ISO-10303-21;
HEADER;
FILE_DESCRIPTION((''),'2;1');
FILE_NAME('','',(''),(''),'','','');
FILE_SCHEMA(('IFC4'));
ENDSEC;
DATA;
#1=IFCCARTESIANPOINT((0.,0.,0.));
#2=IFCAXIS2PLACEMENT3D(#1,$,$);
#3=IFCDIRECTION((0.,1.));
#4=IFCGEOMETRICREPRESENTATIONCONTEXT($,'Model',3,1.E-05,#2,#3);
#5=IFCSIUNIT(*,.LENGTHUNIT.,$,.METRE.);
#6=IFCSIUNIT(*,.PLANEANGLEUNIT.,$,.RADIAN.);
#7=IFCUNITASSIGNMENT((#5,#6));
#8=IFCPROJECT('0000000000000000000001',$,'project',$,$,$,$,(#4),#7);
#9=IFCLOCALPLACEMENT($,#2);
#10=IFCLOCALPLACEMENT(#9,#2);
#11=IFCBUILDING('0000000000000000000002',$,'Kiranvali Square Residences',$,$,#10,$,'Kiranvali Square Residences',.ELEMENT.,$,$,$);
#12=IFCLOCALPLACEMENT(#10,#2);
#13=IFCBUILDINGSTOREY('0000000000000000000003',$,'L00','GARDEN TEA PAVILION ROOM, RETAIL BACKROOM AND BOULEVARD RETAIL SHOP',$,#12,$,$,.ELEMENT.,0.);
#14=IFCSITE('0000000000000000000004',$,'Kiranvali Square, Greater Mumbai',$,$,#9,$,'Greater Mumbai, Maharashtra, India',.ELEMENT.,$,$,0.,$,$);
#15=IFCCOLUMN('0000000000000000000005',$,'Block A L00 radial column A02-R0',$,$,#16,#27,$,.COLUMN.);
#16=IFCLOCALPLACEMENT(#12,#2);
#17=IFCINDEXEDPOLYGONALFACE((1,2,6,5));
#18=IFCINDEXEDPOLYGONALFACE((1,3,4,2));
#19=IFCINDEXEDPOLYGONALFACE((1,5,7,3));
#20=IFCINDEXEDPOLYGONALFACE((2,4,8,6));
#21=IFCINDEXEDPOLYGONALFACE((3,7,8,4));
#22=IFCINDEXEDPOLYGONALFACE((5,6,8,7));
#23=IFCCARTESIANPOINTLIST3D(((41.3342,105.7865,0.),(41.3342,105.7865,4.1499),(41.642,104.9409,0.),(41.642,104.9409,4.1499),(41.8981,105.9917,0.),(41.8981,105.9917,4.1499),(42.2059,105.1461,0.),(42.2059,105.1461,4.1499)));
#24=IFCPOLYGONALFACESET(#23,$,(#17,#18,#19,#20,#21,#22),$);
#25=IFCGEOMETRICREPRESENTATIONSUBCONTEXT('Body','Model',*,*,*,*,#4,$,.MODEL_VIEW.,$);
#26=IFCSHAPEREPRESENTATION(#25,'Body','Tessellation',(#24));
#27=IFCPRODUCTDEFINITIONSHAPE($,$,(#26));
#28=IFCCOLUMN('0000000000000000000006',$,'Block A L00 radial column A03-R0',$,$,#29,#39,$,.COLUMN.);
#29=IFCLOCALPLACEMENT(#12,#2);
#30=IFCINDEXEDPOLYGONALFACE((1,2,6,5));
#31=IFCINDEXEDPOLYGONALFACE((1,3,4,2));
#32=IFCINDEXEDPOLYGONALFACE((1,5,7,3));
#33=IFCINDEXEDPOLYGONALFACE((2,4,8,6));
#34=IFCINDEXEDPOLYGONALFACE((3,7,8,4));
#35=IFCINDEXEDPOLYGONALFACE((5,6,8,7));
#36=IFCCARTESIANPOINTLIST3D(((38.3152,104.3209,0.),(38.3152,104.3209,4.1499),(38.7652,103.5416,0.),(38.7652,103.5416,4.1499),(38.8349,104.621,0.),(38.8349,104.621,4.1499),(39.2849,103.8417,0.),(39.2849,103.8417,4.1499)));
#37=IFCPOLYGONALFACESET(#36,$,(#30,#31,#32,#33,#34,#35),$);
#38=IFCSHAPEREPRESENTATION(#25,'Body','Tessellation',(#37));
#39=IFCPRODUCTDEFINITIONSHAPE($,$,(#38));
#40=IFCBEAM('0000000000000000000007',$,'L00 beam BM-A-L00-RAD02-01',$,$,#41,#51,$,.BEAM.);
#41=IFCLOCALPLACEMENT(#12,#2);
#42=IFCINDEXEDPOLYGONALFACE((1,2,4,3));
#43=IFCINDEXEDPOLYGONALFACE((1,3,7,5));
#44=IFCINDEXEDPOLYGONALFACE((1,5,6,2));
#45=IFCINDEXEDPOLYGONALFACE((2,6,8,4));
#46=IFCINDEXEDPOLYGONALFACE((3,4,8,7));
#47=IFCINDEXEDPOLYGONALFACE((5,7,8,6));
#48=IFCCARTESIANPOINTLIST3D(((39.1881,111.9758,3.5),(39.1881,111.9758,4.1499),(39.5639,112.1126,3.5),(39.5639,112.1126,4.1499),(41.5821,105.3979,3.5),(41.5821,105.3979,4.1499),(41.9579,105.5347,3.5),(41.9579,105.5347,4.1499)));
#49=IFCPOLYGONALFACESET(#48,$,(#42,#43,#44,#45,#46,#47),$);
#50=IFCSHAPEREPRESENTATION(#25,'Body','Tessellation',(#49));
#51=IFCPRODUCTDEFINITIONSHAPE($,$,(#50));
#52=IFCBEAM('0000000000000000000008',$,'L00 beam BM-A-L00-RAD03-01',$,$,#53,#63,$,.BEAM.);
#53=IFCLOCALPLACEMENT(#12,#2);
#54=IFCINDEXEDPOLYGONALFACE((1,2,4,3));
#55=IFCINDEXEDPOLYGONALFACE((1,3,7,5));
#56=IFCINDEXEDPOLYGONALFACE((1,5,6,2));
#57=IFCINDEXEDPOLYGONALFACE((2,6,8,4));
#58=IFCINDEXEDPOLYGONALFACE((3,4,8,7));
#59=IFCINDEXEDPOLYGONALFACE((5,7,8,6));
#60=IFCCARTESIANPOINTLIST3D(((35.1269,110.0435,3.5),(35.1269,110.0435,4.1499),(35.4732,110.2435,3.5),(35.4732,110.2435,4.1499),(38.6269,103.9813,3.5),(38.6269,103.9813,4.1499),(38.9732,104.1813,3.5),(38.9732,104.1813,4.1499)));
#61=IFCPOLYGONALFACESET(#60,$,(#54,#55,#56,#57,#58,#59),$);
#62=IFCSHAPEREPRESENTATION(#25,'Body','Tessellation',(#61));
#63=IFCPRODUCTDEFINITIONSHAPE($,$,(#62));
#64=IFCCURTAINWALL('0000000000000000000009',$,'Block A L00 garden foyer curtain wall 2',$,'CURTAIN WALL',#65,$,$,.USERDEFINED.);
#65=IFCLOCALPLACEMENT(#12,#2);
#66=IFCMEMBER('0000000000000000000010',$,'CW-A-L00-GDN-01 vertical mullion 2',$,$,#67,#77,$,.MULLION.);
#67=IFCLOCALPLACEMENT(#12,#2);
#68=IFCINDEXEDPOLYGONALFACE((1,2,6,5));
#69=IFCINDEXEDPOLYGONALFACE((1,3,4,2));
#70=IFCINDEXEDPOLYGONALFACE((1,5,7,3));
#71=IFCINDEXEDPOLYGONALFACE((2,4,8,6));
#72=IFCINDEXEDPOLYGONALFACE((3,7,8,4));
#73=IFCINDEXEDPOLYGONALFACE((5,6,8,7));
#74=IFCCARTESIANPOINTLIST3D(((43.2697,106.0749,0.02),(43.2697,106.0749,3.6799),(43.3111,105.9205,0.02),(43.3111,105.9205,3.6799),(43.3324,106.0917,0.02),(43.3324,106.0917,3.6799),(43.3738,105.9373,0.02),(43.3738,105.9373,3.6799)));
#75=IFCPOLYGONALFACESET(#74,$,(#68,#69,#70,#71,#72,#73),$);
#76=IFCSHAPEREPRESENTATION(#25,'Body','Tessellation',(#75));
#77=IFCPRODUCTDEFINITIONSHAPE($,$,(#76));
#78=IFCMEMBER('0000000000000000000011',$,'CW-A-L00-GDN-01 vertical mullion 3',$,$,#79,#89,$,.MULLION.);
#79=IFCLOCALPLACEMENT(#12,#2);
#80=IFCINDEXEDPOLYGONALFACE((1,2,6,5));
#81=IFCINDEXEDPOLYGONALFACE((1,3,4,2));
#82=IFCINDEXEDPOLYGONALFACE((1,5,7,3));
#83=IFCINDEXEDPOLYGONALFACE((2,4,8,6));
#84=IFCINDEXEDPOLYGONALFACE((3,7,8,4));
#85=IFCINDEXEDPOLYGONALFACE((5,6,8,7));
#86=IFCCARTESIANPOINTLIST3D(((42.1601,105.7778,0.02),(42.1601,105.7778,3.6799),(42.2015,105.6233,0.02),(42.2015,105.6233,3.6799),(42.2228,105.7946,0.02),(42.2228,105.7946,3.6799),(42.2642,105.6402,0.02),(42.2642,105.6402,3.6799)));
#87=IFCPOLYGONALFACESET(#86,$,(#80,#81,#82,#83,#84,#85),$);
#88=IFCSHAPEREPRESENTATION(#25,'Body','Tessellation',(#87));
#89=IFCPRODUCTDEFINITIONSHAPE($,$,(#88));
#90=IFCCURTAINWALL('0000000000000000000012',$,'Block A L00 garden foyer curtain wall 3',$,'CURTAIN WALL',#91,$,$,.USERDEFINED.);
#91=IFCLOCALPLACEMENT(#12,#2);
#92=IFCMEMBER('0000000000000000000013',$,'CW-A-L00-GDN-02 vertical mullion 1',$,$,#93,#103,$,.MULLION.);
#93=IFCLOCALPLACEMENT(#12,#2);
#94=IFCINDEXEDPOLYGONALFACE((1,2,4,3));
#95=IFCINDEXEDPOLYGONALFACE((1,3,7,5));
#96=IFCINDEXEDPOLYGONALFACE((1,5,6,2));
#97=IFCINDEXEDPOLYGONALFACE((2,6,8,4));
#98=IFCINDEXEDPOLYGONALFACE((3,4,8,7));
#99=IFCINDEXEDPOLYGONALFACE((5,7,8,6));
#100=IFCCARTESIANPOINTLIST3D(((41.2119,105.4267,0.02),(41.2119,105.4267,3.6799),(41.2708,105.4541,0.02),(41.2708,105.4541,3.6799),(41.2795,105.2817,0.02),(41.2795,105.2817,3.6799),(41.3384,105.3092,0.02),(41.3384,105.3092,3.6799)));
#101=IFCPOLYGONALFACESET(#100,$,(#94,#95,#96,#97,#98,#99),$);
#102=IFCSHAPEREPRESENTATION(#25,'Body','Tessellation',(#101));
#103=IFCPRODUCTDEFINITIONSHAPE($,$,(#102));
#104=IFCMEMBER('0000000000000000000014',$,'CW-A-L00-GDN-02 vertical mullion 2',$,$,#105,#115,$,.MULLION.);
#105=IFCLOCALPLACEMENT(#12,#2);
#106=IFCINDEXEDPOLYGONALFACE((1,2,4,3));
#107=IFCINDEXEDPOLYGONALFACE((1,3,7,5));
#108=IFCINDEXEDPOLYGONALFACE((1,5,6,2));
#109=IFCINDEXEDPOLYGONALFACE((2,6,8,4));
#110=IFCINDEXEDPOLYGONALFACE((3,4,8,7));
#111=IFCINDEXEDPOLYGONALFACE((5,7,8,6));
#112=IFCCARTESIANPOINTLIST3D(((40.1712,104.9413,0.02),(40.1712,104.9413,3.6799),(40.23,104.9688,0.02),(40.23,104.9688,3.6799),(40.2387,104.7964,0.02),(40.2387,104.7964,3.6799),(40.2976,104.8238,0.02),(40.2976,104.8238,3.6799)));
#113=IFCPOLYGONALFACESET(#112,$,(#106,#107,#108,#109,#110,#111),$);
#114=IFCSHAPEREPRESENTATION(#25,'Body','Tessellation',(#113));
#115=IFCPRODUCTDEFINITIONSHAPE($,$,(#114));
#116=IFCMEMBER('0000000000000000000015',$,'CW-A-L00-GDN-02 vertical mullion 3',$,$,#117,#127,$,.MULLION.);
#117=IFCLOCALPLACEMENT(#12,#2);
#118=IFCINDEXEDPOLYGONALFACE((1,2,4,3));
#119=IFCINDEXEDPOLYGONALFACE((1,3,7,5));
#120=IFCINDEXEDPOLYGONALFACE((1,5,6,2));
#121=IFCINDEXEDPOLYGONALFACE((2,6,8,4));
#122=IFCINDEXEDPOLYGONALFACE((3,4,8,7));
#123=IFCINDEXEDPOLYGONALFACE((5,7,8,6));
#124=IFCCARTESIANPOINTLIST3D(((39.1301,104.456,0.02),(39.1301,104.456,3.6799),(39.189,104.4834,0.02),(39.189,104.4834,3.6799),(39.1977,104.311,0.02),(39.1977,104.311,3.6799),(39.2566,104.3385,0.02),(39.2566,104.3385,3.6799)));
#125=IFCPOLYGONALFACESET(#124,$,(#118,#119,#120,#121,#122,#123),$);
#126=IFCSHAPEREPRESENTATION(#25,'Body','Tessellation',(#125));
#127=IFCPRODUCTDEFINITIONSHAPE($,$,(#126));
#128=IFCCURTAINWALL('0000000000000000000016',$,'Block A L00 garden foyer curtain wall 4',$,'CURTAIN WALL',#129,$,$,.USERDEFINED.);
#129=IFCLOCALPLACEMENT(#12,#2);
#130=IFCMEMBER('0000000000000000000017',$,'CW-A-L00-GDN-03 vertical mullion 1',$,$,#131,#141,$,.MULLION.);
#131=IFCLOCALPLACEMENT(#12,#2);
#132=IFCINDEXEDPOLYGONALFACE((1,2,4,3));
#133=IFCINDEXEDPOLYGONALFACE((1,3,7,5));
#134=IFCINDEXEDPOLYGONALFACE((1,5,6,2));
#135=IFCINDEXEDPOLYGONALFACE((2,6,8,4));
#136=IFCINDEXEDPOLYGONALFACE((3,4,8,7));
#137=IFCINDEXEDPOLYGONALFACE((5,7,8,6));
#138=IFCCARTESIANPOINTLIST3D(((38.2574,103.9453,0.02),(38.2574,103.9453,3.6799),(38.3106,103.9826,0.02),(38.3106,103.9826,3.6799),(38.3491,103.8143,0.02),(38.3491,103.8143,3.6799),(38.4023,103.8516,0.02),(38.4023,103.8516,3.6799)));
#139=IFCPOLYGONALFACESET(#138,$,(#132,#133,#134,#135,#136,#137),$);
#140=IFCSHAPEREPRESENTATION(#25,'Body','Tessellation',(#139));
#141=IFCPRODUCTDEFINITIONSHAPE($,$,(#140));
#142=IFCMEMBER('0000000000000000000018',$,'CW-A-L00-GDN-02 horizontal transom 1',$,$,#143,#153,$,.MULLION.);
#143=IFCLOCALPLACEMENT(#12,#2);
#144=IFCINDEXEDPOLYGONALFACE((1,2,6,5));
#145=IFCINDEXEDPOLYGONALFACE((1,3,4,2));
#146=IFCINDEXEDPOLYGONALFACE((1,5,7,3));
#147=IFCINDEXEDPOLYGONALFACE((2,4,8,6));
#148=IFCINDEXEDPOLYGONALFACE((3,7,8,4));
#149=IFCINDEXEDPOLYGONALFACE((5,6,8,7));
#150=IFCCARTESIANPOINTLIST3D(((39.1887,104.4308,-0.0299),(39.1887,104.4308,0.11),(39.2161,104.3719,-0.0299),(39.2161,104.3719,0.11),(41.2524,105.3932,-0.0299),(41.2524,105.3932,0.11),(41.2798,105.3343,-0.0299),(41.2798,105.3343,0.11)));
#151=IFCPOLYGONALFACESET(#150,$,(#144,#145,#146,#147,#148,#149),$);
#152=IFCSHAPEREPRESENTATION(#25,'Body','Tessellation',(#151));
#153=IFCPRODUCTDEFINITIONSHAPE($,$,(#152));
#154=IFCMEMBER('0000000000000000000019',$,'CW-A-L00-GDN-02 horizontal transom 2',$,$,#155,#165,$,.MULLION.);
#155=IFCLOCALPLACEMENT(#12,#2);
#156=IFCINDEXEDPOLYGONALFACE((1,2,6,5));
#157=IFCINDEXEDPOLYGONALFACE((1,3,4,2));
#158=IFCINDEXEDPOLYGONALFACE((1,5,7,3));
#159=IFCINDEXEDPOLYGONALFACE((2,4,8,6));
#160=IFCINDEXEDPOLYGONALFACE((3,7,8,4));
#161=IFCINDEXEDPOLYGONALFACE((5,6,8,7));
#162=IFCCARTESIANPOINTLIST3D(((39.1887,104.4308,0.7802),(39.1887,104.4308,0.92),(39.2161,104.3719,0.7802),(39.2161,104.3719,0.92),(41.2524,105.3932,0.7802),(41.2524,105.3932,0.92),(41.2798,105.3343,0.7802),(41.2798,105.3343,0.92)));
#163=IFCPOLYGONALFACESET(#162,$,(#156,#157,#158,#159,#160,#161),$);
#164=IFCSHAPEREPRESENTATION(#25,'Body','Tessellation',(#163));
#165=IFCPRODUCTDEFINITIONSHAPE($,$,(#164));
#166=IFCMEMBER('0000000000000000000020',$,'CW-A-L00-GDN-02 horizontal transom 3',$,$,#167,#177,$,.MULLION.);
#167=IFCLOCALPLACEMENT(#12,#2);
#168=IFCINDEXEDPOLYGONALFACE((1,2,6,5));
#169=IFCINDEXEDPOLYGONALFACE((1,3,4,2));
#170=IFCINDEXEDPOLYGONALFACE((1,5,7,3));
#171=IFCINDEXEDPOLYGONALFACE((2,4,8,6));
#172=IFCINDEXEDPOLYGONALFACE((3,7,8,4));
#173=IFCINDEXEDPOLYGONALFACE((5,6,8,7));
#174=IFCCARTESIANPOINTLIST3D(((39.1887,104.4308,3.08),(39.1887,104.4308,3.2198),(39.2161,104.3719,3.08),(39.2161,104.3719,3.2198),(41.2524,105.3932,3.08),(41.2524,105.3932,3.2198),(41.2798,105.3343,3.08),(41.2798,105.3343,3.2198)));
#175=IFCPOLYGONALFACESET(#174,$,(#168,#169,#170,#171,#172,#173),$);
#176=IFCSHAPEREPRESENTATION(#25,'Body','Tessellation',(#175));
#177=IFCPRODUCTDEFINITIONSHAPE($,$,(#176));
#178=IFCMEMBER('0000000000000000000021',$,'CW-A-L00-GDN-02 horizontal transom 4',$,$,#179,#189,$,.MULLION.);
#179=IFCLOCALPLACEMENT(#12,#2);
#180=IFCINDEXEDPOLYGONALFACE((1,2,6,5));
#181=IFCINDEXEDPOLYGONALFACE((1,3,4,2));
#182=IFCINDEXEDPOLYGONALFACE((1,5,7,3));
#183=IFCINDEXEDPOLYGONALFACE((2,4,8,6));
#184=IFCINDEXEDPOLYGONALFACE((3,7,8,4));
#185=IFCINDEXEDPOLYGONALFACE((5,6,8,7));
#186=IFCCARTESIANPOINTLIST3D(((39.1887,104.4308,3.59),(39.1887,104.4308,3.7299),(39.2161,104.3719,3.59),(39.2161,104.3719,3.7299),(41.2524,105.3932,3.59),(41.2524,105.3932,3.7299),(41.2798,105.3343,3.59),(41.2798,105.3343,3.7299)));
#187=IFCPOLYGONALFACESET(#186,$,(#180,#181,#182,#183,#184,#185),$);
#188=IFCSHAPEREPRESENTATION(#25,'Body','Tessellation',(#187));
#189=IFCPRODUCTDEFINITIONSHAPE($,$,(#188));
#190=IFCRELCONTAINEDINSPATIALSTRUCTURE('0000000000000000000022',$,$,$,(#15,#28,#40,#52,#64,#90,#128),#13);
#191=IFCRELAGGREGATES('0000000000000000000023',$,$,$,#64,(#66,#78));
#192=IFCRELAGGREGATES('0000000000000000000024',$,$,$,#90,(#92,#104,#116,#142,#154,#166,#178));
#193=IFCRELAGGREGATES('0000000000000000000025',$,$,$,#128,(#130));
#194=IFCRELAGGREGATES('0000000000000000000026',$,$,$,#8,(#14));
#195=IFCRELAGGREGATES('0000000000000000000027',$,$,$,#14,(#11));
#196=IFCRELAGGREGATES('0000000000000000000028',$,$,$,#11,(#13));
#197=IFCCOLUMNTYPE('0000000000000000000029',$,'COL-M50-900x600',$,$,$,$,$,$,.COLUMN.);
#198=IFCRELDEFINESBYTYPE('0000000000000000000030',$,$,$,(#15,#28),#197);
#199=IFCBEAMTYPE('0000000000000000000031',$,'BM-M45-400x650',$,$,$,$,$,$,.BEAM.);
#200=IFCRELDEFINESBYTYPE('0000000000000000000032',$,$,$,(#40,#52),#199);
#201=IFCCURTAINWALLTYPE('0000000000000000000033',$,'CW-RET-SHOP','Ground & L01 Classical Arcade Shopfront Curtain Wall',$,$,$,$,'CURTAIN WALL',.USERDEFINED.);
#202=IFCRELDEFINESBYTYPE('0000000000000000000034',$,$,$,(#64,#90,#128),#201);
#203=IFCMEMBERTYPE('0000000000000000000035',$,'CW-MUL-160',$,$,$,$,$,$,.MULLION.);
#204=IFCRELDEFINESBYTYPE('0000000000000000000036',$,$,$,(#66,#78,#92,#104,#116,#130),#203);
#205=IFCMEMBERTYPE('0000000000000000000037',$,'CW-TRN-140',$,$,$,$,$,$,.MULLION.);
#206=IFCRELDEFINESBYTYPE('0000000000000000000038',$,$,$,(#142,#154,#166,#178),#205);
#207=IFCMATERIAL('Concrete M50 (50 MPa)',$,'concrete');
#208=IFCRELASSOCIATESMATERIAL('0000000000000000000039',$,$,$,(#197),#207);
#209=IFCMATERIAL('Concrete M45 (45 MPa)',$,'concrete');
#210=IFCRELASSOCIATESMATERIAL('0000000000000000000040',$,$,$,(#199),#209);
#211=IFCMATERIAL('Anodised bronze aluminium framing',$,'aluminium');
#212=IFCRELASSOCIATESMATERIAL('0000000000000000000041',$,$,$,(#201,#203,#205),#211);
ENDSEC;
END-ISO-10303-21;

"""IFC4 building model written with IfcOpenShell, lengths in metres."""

from ifc_helpers import new_model, si_unit, direction, frame, origin, origin_2d, place, context, subcontext, project, spatial, rectangle, extrude, material, material_profile, profile_set, type_object, element, aggregate, save


model = new_model("IFC4")

# Units and contexts
model_context = context("Model", 3, precision=1e-05, world=origin(), true_north=direction((0.0, 1.0)))
body_context = subcontext(model_context, "Body", "Model", "MODEL_VIEW")
ifc_project = project(units=[si_unit("LENGTHUNIT", "METRE"), si_unit("PLANEANGLEUNIT", "RADIAN")], contexts=[model_context])

# Site, building, storey
site_placement = place(None, origin())
site = spatial("IfcSite", under=ifc_project, at=site_placement, Name="Kiranvali Square, Greater Mumbai", LongName="Greater Mumbai, Maharashtra, India", CompositionType="ELEMENT", RefElevation=0.0)
building_placement = place(site_placement, origin())
building = spatial("IfcBuilding", under=site, at=building_placement, Name="Kiranvali Square Residences", LongName="Kiranvali Square Residences", CompositionType="ELEMENT")
storey_placement = place(building_placement, origin())
storey = spatial("IfcBuildingStorey", under=building, at=storey_placement, Name="L00", Description="GARDEN TEA PAVILION ROOM, RETAIL BACKROOM AND BOULEVARD RETAIL SHOP", CompositionType="ELEMENT", Elevation=0.0)

# Columns
ifc_material_1 = material(Name="Concrete M50 (50 MPa)", Category="concrete")
ifc_material_profile_1 = material_profile(ifc_material_1, rectangle(XDim=0.6001, YDim=0.8999, at=origin_2d()), Name="RC 900x600")
ifc_profile_set_1 = profile_set([ifc_material_profile_1], Name="Concrete M50 (50 MPa)")
column_type = type_object("IfcColumnType", Name="COL-M50-900x600", PredefinedType="COLUMN", material=ifc_profile_set_1)
for number, where, z_axis, x_axis, name in (
    (1, (41.77, 105.4663, 0.0), (0.0, 0.0, 1.0), (0.939693, 0.34202, 0.0), "Block A L00 radial column A02-R0"),
    (2, (38.8, 104.0813, 0.0), (0.0, 0.0, 1.0), (0.866025, 0.5, 0.0), "Block A L00 radial column A03-R0"),
):
    element("IfcColumn", number, at=place(storey_placement, frame(where, z_axis=z_axis, x_axis=x_axis)), inside=storey, type_object=column_type, Name=name, PredefinedType="COLUMN", context=body_context, shape_type="SweptSolid", body=[
        extrude(rectangle(XDim=0.6001, YDim=0.8999, at=origin_2d()), origin(), (0.0, 0.0, 1.0), 4.1499),
    ])

# Beams
ifc_material_2 = material(Name="Concrete M45 (45 MPa)", Category="concrete")
ifc_material_profile_2 = material_profile(ifc_material_2, rectangle(XDim=0.3999, YDim=0.6499, at=origin_2d()), Name="RC 400x650")
ifc_profile_set_2 = profile_set([ifc_material_profile_2], Name="Concrete M45 (45 MPa)")
beam_type_1 = type_object("IfcBeamType", Name="BM-M45-400x650", PredefinedType="BEAM", material=ifc_profile_set_2)
for number, where, z_axis, x_axis, name in (
    (3, (41.77, 105.4663, 3.825), (-0.342006, 0.939698, 0.0), (-0.939698, -0.342006, 0.0), "L00 beam BM-A-L00-RAD02-01"),
    (4, (38.8, 104.0813, 3.825), (-0.499995, 0.866028, 0.0), (-0.866028, -0.499995, 0.0), "L00 beam BM-A-L00-RAD03-01"),
):
    element("IfcBeam", number, at=place(storey_placement, frame(where, z_axis=z_axis, x_axis=x_axis)), inside=storey, type_object=beam_type_1, Name=name, PredefinedType="BEAM", context=body_context, shape_type="SweptSolid", body=[
        extrude(rectangle(XDim=0.3999, YDim=0.6499, at=origin_2d()), origin(), (0.0, 0.0, 1.0), 7.0),
    ])

# Curtain walls, members
ifc_material_3 = material(Name="Anodised bronze aluminium framing", Category="aluminium")
curtain_wall_type = type_object("IfcCurtainWallType", Name="CW-RET-SHOP", Description="Ground & L01 Classical Arcade Shopfront Curtain Wall", ElementType="CURTAIN WALL", PredefinedType="USERDEFINED", material=ifc_material_3)
curtain_wall_1_placement = place(storey_placement, origin())
curtain_wall_1 = element("IfcCurtainWall", 5, at=curtain_wall_1_placement, inside=storey, type_object=curtain_wall_type, Name="Block A L00 garden foyer curtain wall 2", ObjectType="CURTAIN WALL", PredefinedType="USERDEFINED")
ifc_material_profile_3 = material_profile(ifc_material_3, rectangle(XDim=0.0649, YDim=0.1599, at=origin_2d()), Name="ALU 65x160")
ifc_profile_set_3 = profile_set([ifc_material_profile_3], Name="Anodised bronze aluminium framing")
member_type_1 = type_object("IfcMemberType", Name="CW-MUL-160", PredefinedType="MULLION", material=ifc_profile_set_3)
member_1_placement = place(storey_placement, frame((43.3218, 106.0061, 0.02), z_axis=(0.0, 0.0, 1.0), x_axis=(-0.965926, -0.258819, 0.0)))
member_1 = element("IfcMember", 6, at=member_1_placement, type_object=member_type_1, Name="CW-A-L00-GDN-01 vertical mullion 2", PredefinedType="MULLION", context=body_context, shape_type="SweptSolid", body=[
    extrude(rectangle(XDim=0.0649, YDim=0.1599, at=origin_2d()), origin(), (0.0, 0.0, 1.0), 3.6599),
])
member_2_placement = place(storey_placement, frame((42.2122, 105.709, 0.02), z_axis=(0.0, 0.0, 1.0), x_axis=(-0.965926, -0.258819, 0.0)))
member_2 = element("IfcMember", 7, at=member_2_placement, type_object=member_type_1, Name="CW-A-L00-GDN-01 vertical mullion 3", PredefinedType="MULLION", context=body_context, shape_type="SweptSolid", body=[
    extrude(rectangle(XDim=0.0649, YDim=0.1599, at=origin_2d()), origin(), (0.0, 0.0, 1.0), 3.6599),
])
curtain_wall_2_placement = place(storey_placement, origin())
curtain_wall_2 = element("IfcCurtainWall", 8, at=curtain_wall_2_placement, inside=storey, type_object=curtain_wall_type, Name="Block A L00 garden foyer curtain wall 3", ObjectType="CURTAIN WALL", PredefinedType="USERDEFINED")
member_3_placement = place(storey_placement, frame((41.2751, 105.3679, 0.02), z_axis=(0.0, 0.0, 1.0), x_axis=(-0.906308, -0.422618, 0.0)))
member_3 = element("IfcMember", 9, at=member_3_placement, type_object=member_type_1, Name="CW-A-L00-GDN-02 vertical mullion 1", PredefinedType="MULLION", context=body_context, shape_type="SweptSolid", body=[
    extrude(rectangle(XDim=0.0649, YDim=0.1599, at=origin_2d()), origin(), (0.0, 0.0, 1.0), 3.6599),
])
member_4_placement = place(storey_placement, frame((40.2344, 104.8826, 0.02), z_axis=(0.0, 0.0, 1.0), x_axis=(-0.906308, -0.422618, 0.0)))
member_4 = element("IfcMember", 10, at=member_4_placement, type_object=member_type_1, Name="CW-A-L00-GDN-02 vertical mullion 2", PredefinedType="MULLION", context=body_context, shape_type="SweptSolid", body=[
    extrude(rectangle(XDim=0.0649, YDim=0.1599, at=origin_2d()), origin(), (0.0, 0.0, 1.0), 3.6599),
])
member_5_placement = place(storey_placement, frame((39.1934, 104.3972, 0.02), z_axis=(0.0, 0.0, 1.0), x_axis=(-0.906308, -0.422618, 0.0)))
member_5 = element("IfcMember", 11, at=member_5_placement, type_object=member_type_1, Name="CW-A-L00-GDN-02 vertical mullion 3", PredefinedType="MULLION", context=body_context, shape_type="SweptSolid", body=[
    extrude(rectangle(XDim=0.0649, YDim=0.1599, at=origin_2d()), origin(), (0.0, 0.0, 1.0), 3.6599),
])

# Curtain wall, member
curtain_wall_3_placement = place(storey_placement, origin())
curtain_wall_3 = element("IfcCurtainWall", 12, at=curtain_wall_3_placement, inside=storey, type_object=curtain_wall_type, Name="Block A L00 garden foyer curtain wall 4", ObjectType="CURTAIN WALL", PredefinedType="USERDEFINED")
member_6_placement = place(storey_placement, frame((38.3298, 103.8984, 0.02), z_axis=(0.0, 0.0, 1.0), x_axis=(-0.819152, -0.573576, 0.0)))
member_6 = element("IfcMember", 13, at=member_6_placement, type_object=member_type_1, Name="CW-A-L00-GDN-03 vertical mullion 1", PredefinedType="MULLION", context=body_context, shape_type="SweptSolid", body=[
    extrude(rectangle(XDim=0.0649, YDim=0.1599, at=origin_2d()), origin(), (0.0, 0.0, 1.0), 3.6599),
])

# Members
ifc_material_profile_4 = material_profile(ifc_material_3, rectangle(XDim=0.0649, YDim=0.1399, at=origin_2d()), Name="ALU 65x140")
ifc_profile_set_4 = profile_set([ifc_material_profile_4], Name="Anodised bronze aluminium framing")
member_type_2 = type_object("IfcMemberType", Name="CW-TRN-140", PredefinedType="MULLION", material=ifc_profile_set_4)
member_7_placement = place(storey_placement, frame((41.2661, 105.3638, 0.04), z_axis=(-0.906295, -0.422645, 0.0), x_axis=(0.422645, -0.906295, 0.0)))
member_7 = element("IfcMember", 14, at=member_7_placement, type_object=member_type_2, Name="CW-A-L00-GDN-02 horizontal transom 1", PredefinedType="MULLION", context=body_context, shape_type="SweptSolid", body=[
    extrude(rectangle(XDim=0.0649, YDim=0.1399, at=origin_2d()), origin(), (0.0, 0.0, 1.0), 2.2771),
])
member_8_placement = place(storey_placement, frame((41.2661, 105.3638, 0.8501), z_axis=(-0.906295, -0.422645, 0.0), x_axis=(0.422645, -0.906295, 0.0)))
member_8 = element("IfcMember", 15, at=member_8_placement, type_object=member_type_2, Name="CW-A-L00-GDN-02 horizontal transom 2", PredefinedType="MULLION", context=body_context, shape_type="SweptSolid", body=[
    extrude(rectangle(XDim=0.0649, YDim=0.1399, at=origin_2d()), origin(), (0.0, 0.0, 1.0), 2.2771),
])
member_9_placement = place(storey_placement, frame((41.2661, 105.3638, 3.1499), z_axis=(-0.906295, -0.422645, 0.0), x_axis=(0.422645, -0.906295, 0.0)))
member_9 = element("IfcMember", 16, at=member_9_placement, type_object=member_type_2, Name="CW-A-L00-GDN-02 horizontal transom 3", PredefinedType="MULLION", context=body_context, shape_type="SweptSolid", body=[
    extrude(rectangle(XDim=0.0649, YDim=0.1399, at=origin_2d()), origin(), (0.0, 0.0, 1.0), 2.2771),
])
member_10_placement = place(storey_placement, frame((41.2661, 105.3638, 3.6599), z_axis=(-0.906295, -0.422645, 0.0), x_axis=(0.422645, -0.906295, 0.0)))
member_10 = element("IfcMember", 17, at=member_10_placement, type_object=member_type_2, Name="CW-A-L00-GDN-02 horizontal transom 4", PredefinedType="MULLION", context=body_context, shape_type="SweptSolid", body=[
    extrude(rectangle(XDim=0.0649, YDim=0.1399, at=origin_2d()), origin(), (0.0, 0.0, 1.0), 2.2771),
])

aggregate(curtain_wall_1, [member_1, member_2])
aggregate(curtain_wall_2, [member_3, member_4, member_5, member_7, member_8, member_9, member_10])
aggregate(curtain_wall_3, [member_6])

save(model, "model.ifc")
